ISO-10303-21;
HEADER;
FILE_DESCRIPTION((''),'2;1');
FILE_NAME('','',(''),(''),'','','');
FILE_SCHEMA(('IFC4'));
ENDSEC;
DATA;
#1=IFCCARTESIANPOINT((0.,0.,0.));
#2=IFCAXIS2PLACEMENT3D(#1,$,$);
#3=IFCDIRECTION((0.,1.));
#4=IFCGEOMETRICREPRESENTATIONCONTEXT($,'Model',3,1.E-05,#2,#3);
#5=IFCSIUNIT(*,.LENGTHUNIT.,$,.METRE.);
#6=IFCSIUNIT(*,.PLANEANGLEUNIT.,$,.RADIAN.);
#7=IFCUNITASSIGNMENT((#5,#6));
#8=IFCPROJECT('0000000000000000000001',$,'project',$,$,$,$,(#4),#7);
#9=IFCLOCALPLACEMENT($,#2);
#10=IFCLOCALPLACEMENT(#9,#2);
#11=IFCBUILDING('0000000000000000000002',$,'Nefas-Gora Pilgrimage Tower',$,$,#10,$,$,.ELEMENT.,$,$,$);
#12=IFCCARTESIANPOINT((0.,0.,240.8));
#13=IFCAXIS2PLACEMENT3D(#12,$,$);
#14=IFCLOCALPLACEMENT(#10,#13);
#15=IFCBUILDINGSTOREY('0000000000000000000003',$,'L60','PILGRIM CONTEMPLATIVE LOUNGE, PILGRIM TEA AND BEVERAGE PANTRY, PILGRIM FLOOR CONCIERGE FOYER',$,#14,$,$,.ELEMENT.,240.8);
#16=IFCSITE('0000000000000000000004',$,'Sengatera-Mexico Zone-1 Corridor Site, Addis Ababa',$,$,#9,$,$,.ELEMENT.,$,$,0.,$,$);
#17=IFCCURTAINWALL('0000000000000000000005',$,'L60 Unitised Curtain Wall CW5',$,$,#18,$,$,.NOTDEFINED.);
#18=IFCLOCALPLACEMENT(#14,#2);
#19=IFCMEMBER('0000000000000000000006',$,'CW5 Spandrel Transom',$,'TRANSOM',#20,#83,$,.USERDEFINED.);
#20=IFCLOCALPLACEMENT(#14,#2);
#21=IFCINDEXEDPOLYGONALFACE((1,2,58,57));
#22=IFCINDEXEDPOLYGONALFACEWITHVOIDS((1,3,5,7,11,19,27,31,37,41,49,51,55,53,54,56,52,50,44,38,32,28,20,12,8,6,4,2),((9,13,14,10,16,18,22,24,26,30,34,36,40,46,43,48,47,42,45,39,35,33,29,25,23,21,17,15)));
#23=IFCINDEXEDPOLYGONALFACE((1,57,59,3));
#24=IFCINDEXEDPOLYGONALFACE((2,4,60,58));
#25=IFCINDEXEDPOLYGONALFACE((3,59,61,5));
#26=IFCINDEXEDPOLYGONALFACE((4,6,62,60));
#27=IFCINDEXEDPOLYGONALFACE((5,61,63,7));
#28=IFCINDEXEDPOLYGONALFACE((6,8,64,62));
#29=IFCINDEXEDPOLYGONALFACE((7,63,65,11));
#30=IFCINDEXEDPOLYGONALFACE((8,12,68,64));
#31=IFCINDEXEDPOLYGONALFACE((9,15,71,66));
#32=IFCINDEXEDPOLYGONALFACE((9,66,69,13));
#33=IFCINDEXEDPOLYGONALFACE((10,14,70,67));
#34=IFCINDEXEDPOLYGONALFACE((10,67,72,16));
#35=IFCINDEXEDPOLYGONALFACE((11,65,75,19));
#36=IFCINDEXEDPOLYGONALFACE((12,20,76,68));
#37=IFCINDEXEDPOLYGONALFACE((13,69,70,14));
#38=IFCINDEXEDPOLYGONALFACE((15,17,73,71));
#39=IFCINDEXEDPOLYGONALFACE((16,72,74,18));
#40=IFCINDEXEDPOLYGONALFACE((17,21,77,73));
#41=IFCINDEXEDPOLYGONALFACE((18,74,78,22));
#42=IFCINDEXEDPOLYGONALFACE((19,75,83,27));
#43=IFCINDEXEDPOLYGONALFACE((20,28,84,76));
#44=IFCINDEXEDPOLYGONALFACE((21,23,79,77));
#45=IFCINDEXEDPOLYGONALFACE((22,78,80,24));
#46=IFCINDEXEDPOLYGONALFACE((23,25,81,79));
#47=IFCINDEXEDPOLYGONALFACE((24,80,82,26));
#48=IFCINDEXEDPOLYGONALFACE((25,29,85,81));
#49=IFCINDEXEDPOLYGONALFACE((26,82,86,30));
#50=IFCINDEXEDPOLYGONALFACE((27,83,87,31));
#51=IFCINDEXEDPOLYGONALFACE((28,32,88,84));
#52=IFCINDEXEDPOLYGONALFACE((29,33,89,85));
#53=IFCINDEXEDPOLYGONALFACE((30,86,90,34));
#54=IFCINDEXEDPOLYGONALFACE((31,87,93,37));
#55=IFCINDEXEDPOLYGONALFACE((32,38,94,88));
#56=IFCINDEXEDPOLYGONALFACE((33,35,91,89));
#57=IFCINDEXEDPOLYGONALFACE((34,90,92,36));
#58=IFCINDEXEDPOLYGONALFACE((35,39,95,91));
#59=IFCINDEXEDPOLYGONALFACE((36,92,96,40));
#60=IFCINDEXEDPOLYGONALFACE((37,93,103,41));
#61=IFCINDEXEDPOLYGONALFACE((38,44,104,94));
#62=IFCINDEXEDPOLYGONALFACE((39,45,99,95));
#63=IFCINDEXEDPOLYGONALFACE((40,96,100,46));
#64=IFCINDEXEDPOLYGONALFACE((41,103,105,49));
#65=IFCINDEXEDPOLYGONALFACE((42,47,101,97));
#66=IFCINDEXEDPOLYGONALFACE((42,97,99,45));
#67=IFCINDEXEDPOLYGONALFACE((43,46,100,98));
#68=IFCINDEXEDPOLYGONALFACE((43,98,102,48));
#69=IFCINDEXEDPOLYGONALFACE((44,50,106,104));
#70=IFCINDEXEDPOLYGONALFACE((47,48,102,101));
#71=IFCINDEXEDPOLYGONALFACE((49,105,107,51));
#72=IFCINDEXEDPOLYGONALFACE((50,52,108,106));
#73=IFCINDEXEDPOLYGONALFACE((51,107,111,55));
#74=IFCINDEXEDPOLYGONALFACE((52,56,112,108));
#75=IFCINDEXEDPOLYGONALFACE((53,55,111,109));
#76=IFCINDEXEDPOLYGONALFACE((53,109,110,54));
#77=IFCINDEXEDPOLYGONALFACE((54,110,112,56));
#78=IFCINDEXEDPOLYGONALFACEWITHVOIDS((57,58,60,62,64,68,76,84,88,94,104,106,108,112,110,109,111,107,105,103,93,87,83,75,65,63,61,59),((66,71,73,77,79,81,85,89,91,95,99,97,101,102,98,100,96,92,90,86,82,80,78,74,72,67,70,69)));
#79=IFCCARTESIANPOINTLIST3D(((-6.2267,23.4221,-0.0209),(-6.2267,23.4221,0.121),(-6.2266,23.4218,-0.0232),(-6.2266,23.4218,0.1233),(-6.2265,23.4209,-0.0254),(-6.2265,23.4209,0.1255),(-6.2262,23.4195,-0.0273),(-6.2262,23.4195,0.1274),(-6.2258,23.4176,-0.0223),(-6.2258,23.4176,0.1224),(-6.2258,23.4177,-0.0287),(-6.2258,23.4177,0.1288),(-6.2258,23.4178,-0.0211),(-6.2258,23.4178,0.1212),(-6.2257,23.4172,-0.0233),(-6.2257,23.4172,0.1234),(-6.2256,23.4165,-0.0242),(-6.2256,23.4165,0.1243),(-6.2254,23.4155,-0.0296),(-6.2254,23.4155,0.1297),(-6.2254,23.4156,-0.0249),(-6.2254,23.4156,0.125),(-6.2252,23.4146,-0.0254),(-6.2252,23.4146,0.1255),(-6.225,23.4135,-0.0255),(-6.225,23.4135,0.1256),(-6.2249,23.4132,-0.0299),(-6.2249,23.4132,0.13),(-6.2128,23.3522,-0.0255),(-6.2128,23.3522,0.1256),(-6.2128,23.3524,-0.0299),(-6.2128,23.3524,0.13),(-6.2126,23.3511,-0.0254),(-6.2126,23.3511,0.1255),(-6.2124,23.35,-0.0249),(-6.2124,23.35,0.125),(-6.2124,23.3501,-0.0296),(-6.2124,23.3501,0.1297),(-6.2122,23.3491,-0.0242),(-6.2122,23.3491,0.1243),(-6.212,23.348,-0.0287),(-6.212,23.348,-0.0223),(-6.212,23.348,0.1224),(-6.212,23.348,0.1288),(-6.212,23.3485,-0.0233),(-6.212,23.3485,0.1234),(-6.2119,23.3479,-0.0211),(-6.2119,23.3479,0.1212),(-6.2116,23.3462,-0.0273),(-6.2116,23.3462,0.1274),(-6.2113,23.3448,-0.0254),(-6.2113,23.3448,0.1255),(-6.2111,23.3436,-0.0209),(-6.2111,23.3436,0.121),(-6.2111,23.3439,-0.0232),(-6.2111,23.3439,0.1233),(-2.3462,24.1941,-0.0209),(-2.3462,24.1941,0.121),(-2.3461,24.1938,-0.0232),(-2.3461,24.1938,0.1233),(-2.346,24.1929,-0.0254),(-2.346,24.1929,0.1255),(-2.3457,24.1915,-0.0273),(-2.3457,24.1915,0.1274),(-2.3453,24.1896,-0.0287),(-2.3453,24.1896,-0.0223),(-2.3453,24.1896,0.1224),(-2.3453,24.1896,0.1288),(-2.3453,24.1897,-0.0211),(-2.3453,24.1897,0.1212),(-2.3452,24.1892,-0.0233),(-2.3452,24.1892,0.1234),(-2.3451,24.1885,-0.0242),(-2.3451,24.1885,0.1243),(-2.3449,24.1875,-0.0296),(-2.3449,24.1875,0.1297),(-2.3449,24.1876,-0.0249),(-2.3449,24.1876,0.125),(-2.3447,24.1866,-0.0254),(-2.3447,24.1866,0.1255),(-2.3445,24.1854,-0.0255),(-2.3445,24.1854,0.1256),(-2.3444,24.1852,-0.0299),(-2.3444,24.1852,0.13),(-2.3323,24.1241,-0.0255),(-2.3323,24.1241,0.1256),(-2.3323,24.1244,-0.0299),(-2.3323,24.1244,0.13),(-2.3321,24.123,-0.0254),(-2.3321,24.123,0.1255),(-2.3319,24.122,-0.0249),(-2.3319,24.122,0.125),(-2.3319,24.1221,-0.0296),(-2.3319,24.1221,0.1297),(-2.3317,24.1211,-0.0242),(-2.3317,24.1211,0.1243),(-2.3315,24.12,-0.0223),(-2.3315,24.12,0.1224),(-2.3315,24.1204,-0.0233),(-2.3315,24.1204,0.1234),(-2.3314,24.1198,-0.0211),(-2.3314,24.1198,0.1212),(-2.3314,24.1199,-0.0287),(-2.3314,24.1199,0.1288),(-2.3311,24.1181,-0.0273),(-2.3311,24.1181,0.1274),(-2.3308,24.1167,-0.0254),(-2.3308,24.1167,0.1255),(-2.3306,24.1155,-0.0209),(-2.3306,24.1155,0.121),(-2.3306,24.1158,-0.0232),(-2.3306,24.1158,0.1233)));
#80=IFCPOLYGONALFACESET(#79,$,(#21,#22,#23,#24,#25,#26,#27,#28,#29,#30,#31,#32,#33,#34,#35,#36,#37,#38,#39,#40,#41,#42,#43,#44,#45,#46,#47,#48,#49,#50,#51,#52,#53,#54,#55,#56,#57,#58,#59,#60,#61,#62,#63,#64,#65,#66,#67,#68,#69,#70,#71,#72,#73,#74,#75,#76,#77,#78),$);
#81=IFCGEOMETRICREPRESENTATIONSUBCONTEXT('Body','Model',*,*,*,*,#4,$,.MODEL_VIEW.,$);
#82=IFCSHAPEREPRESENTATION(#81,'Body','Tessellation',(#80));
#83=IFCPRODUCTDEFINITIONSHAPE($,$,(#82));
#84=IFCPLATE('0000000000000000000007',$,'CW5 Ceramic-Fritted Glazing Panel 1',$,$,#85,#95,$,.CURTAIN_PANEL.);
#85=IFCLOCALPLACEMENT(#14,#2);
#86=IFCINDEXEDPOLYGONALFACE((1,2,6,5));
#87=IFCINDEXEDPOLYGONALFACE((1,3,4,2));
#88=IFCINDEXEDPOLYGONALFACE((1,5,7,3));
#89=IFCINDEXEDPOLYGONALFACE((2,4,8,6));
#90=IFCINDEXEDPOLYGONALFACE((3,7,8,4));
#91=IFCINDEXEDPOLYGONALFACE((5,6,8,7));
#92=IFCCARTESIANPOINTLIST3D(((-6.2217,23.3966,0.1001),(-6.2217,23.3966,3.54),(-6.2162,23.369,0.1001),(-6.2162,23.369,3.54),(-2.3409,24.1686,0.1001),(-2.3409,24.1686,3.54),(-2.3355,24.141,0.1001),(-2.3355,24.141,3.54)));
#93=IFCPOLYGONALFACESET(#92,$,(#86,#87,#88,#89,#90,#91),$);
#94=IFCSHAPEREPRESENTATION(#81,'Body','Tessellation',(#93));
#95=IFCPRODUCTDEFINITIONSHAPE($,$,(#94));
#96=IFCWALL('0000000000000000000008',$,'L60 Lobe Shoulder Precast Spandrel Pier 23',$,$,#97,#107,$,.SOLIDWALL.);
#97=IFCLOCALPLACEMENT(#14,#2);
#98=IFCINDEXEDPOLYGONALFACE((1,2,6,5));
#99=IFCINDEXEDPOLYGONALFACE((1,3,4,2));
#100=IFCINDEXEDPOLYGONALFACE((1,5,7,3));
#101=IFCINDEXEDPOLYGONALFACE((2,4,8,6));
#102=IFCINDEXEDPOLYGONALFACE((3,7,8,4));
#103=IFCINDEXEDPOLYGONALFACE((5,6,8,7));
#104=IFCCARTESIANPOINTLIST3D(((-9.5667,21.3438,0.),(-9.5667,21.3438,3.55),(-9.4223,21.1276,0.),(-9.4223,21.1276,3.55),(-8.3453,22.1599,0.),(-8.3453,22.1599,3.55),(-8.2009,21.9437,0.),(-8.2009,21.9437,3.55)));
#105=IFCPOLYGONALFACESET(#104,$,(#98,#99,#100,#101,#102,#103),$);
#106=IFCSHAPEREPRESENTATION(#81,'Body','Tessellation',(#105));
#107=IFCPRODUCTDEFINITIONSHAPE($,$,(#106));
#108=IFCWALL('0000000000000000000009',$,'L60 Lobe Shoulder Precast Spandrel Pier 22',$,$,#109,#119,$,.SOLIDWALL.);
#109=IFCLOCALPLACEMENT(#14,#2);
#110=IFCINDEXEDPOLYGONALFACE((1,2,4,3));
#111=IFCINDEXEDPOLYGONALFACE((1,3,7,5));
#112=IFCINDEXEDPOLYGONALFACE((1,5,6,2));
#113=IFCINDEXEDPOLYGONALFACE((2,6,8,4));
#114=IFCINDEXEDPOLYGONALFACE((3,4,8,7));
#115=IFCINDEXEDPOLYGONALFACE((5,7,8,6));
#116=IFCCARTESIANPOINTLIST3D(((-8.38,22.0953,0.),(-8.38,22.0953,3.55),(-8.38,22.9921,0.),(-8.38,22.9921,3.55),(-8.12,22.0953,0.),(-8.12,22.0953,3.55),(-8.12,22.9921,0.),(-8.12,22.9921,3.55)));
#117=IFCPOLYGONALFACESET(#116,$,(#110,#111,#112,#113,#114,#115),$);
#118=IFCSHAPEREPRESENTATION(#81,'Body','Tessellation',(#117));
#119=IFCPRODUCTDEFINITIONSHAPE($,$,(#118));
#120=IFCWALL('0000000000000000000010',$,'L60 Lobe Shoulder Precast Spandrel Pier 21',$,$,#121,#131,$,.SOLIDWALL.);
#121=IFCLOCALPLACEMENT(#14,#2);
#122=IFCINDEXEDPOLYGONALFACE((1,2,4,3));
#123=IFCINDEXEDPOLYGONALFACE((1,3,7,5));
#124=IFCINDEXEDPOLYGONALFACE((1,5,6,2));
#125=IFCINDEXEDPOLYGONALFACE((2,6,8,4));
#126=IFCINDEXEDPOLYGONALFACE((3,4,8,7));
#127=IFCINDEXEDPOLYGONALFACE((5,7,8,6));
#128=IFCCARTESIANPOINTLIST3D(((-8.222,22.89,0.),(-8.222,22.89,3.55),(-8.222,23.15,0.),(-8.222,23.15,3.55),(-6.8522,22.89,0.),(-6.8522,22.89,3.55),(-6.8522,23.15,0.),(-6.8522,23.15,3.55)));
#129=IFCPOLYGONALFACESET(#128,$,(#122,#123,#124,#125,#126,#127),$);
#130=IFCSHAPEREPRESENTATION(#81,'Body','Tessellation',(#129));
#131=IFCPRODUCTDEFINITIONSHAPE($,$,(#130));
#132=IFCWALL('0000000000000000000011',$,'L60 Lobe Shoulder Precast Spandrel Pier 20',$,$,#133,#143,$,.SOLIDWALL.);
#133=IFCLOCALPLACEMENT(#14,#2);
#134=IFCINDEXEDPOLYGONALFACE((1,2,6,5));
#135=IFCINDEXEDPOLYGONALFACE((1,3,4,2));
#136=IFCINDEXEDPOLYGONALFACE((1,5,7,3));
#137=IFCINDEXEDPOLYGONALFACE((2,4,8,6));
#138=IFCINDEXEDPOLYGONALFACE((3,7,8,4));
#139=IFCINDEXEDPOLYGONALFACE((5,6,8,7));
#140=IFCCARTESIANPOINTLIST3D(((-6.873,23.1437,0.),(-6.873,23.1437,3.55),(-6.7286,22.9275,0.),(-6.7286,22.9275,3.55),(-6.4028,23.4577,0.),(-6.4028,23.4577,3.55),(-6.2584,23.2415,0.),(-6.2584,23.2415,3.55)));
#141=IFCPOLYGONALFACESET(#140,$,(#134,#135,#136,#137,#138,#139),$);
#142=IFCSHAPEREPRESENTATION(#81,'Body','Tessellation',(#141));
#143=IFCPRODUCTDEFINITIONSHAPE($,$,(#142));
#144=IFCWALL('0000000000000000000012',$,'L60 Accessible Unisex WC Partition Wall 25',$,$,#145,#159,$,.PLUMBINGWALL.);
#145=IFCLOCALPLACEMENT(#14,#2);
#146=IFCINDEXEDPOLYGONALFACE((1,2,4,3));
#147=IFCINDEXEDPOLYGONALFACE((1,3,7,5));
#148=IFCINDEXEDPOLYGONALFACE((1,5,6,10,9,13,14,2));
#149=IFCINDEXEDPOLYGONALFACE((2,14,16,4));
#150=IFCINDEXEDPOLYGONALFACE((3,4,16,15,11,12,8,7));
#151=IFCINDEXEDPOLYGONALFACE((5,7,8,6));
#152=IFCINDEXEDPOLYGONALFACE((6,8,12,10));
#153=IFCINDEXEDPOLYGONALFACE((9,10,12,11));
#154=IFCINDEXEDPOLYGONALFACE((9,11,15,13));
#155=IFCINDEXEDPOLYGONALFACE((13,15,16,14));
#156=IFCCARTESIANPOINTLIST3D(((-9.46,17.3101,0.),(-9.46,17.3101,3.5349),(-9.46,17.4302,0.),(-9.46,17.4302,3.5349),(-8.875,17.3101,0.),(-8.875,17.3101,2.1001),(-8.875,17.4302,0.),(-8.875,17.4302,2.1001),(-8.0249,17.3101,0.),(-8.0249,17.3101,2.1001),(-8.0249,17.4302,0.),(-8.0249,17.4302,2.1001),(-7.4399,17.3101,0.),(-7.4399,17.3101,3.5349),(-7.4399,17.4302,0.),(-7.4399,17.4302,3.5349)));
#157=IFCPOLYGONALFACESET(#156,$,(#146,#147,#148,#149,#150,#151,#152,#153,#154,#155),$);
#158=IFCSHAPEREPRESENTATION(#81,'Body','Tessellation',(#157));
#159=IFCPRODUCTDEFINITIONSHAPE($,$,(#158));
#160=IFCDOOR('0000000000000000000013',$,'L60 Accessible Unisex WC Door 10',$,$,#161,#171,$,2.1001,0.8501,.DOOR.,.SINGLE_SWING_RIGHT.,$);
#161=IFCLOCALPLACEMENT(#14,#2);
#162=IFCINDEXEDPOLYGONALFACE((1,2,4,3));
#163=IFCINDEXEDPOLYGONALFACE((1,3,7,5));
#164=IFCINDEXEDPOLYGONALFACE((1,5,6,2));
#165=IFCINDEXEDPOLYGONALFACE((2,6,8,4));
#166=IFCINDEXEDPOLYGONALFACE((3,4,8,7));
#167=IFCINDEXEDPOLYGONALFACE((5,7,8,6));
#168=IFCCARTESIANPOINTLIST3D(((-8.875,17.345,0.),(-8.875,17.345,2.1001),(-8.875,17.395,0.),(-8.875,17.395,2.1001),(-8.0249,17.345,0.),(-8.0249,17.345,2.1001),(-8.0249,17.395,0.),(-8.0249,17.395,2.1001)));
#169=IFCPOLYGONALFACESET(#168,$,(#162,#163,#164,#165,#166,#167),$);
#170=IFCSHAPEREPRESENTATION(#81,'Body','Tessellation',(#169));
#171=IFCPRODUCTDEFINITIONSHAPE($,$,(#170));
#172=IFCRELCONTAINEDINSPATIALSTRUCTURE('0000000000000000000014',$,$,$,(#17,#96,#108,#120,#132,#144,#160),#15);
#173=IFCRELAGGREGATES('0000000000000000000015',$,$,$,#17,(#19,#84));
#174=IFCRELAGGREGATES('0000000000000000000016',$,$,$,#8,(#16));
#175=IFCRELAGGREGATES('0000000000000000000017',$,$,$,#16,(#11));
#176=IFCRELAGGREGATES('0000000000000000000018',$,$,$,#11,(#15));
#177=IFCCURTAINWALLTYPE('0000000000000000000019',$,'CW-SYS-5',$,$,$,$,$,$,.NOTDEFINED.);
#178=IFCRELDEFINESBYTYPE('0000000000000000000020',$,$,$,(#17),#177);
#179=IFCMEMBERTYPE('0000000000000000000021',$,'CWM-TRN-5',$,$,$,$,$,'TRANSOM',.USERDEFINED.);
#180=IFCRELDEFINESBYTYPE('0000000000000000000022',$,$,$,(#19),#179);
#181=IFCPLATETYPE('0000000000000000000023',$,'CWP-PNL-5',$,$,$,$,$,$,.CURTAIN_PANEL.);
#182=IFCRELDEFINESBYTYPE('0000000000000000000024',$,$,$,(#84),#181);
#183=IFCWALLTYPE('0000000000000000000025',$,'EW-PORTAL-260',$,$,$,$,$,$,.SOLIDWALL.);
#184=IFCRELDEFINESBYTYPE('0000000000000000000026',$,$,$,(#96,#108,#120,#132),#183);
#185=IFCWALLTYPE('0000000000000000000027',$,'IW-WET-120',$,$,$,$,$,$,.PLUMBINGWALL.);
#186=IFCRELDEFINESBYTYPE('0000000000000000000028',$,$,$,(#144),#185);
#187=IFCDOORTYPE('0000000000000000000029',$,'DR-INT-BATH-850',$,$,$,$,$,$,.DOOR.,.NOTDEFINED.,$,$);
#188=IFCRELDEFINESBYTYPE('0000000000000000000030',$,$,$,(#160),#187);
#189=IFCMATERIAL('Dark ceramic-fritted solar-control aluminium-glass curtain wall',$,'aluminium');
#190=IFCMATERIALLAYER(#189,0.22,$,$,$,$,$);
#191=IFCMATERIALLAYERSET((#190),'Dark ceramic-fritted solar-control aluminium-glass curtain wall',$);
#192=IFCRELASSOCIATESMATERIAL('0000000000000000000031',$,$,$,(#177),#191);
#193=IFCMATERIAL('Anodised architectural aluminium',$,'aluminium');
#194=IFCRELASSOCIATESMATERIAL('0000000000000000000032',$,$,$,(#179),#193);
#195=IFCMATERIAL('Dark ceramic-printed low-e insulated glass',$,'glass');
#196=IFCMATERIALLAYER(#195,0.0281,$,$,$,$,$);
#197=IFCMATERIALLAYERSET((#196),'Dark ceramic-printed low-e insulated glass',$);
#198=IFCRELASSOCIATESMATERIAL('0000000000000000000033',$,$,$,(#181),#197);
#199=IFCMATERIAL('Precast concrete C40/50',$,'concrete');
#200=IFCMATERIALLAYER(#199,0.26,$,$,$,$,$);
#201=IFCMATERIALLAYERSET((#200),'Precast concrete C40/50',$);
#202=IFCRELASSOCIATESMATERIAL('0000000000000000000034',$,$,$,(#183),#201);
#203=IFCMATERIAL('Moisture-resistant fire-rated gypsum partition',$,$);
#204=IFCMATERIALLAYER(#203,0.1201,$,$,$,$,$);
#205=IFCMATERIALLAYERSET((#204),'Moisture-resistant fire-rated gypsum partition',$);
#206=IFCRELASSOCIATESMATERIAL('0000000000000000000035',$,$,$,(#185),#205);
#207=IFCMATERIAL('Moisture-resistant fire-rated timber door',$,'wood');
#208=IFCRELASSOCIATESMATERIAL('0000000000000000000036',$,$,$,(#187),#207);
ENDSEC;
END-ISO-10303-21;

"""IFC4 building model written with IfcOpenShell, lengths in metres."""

from ifc_helpers import new_model, si_unit, direction, frame, frame_2d, origin, origin_2d, place, context, subcontext, project, spatial, rectangle, hollow_rectangle, extrude, source, transform, mapped, material, layer, layer_set, material_profile, profile_set, type_object, element, fill, aggregate, save


model = new_model("IFC4")

# Units and contexts
model_context = context("Model", 3, precision=1e-05, world=origin(), true_north=direction((0.0, 1.0)))
body_context = subcontext(model_context, "Body", "Model", "MODEL_VIEW")
ifc_project = project(units=[si_unit("LENGTHUNIT", "METRE"), si_unit("PLANEANGLEUNIT", "RADIAN")], contexts=[model_context])

# Site, building, storey
site_placement = place(None, origin())
site = spatial("IfcSite", under=ifc_project, at=site_placement, Name="Sengatera-Mexico Zone-1 Corridor Site, Addis Ababa", CompositionType="ELEMENT", RefElevation=0.0)
building_placement = place(site_placement, origin())
building = spatial("IfcBuilding", under=site, at=building_placement, Name="Nefas-Gora Pilgrimage Tower", CompositionType="ELEMENT")
storey_placement = place(building_placement, frame((0.0, 0.0, 240.8)))
storey = spatial("IfcBuildingStorey", under=building, at=storey_placement, Name="L60", Description="PILGRIM CONTEMPLATIVE LOUNGE, PILGRIM TEA AND BEVERAGE PANTRY, PILGRIM FLOOR CONCIERGE FOYER", CompositionType="ELEMENT", Elevation=240.8)

# Curtain wall
ifc_material_1 = material(Name="Dark ceramic-fritted solar-control aluminium-glass curtain wall", Category="aluminium")
ifc_layer_1 = layer(ifc_material_1, 0.22)
ifc_layer_set_1 = layer_set([ifc_layer_1], Name="Dark ceramic-fritted solar-control aluminium-glass curtain wall")
curtain_wall_type = type_object("IfcCurtainWallType", Name="CW-SYS-5", PredefinedType="NOTDEFINED", material=ifc_layer_set_1)
curtain_wall_1_placement = place(storey_placement, origin())
curtain_wall_1 = element("IfcCurtainWall", 1, at=curtain_wall_1_placement, inside=storey, type_object=curtain_wall_type, Name="L60 Unitised Curtain Wall CW5", PredefinedType="NOTDEFINED")
ifc_material_2 = material(Name="Anodised architectural aluminium", Category="aluminium")
ifc_material_profile_1 = material_profile(ifc_material_2, hollow_rectangle(XDim=0.0801, YDim=0.1599, WallThickness=0.0044, InnerFilletRadius=0.0044, OuterFilletRadius=0.009, at=origin_2d()), Name="ALU TRANSOM 80x160")
ifc_profile_set_1 = profile_set([ifc_material_profile_1], Name="Anodised architectural aluminium")
member_type_1 = type_object("IfcMemberType", Name="CWM-TRN-5", ElementType="TRANSOM", PredefinedType="USERDEFINED", material=ifc_profile_set_1)

# Member
shared_shape_1 = source(origin(), body_context, "Body", "SweptSolid", [
    extrude(hollow_rectangle(XDim=0.0801, YDim=0.1599, WallThickness=0.0044, InnerFilletRadius=0.0044, OuterFilletRadius=0.009, at=origin_2d()), origin(), (0.0, 0.0, 1.0), 3.9565),
])
member_1_placement = place(storey_placement, frame((-2.3384, 24.1548, 0.05), z_axis=(-0.980782, -0.195107, 0.0), x_axis=(0.195107, -0.980782, 0.0)))
member_1 = element("IfcMember", 2, at=member_1_placement, type_object=member_type_1, Name="CW5 Spandrel Transom", ObjectType="TRANSOM", PredefinedType="USERDEFINED", context=body_context, shape_type="MappedRepresentation", body=[
    mapped(shared_shape_1, transform((0.0, 0.0, 0.0), x_axis=(1.0, 0.0, 0.0), y_axis=(0.0, 1.0, 0.0), z_axis=(0.0, 0.0, 1.0), scale=1.0)),
])

# Plate
ifc_material_3 = material(Name="Dark ceramic-printed low-e insulated glass", Category="glass")
ifc_layer_2 = layer(ifc_material_3, 0.0281)
ifc_layer_set_2 = layer_set([ifc_layer_2], Name="Dark ceramic-printed low-e insulated glass")
plate_type = type_object("IfcPlateType", Name="CWP-PNL-5", PredefinedType="CURTAIN_PANEL", material=ifc_layer_set_2)
shared_shape_2 = source(origin(), body_context, "Body", "SweptSolid", [
    extrude(rectangle(XDim=3.9568, YDim=0.0281, at=origin_2d()), origin(), (0.0, 0.0, 1.0), 3.4399),
])
plate_placement = place(storey_placement, frame((-4.2786, 23.7688, 0.1001), z_axis=(0.0, 0.0, 1.0), x_axis=(-0.980783, -0.195102, 0.0)))
plate = element("IfcPlate", 3, at=plate_placement, type_object=plate_type, Name="CW5 Ceramic-Fritted Glazing Panel 1", PredefinedType="CURTAIN_PANEL", context=body_context, shape_type="MappedRepresentation", body=[
    mapped(shared_shape_2, transform((0.0, 0.0, 0.0), x_axis=(1.0, 0.0, 0.0), y_axis=(0.0, 1.0, 0.0), z_axis=(0.0, 0.0, 1.0), scale=1.0)),
])
aggregate(curtain_wall_1, [member_1, plate])

# Walls
ifc_material_4 = material(Name="Precast concrete C40/50", Category="concrete")
ifc_layer_3 = layer(ifc_material_4, 0.26)
ifc_layer_set_3 = layer_set([ifc_layer_3], Name="Precast concrete C40/50")
wall_type_1 = type_object("IfcWallType", Name="EW-PORTAL-260", PredefinedType="SOLIDWALL", material=ifc_layer_set_3)
shared_shape_3 = source(origin(), body_context, "Body", "SweptSolid", [
    extrude(rectangle(XDim=1.469, YDim=0.26, at=frame_2d((0.7344, 0.0))), origin(), (0.0, 0.0, 1.0), 3.55),
])
wall_1_placement = place(storey_placement, frame((-8.2732, 22.0518, 0.0), z_axis=(0.0, 0.0, 1.0), x_axis=(-0.831462, -0.555582, 0.0)))
element("IfcWall", 4, at=wall_1_placement, inside=storey, type_object=wall_type_1, Name="L60 Lobe Shoulder Precast Spandrel Pier 23", PredefinedType="SOLIDWALL", context=body_context, shape_type="MappedRepresentation", body=[
    mapped(shared_shape_3, transform((0.0, 0.0, 0.0), x_axis=(1.0, 0.0, 0.0), y_axis=(0.0, 1.0, 0.0), z_axis=(0.0, 0.0, 1.0), scale=1.0)),
])
shared_shape_4 = source(origin(), body_context, "Body", "SweptSolid", [
    extrude(rectangle(XDim=0.8967, YDim=0.26, at=frame_2d((0.4482, 0.0))), origin(), (0.0, 0.0, 1.0), 3.55),
])
wall_2_placement = place(storey_placement, frame((-8.25, 22.9919, 0.0), z_axis=(0.0, 0.0, 1.0), x_axis=(0.0, -1.0, 0.0)))
element("IfcWall", 5, at=wall_2_placement, inside=storey, type_object=wall_type_1, Name="L60 Lobe Shoulder Precast Spandrel Pier 22", PredefinedType="SOLIDWALL", context=body_context, shape_type="MappedRepresentation", body=[
    mapped(shared_shape_4, transform((0.0, 0.0, 0.0), x_axis=(1.0, 0.0, 0.0), y_axis=(0.0, 1.0, 0.0), z_axis=(0.0, 0.0, 1.0), scale=1.0)),
])
shared_shape_5 = source(origin(), body_context, "Body", "SweptSolid", [
    extrude(rectangle(XDim=1.3699, YDim=0.26, at=frame_2d((0.6851, 0.0))), origin(), (0.0, 0.0, 1.0), 3.55),
])
wall_3_placement = place(storey_placement, frame((-6.8521, 23.02, 0.0), z_axis=(0.0, 0.0, 1.0), x_axis=(-1.0, 0.0, 0.0)))
element("IfcWall", 6, at=wall_3_placement, inside=storey, type_object=wall_type_1, Name="L60 Lobe Shoulder Precast Spandrel Pier 21", PredefinedType="SOLIDWALL", context=body_context, shape_type="MappedRepresentation", body=[
    mapped(shared_shape_5, transform((0.0, 0.0, 0.0), x_axis=(1.0, 0.0, 0.0), y_axis=(0.0, 1.0, 0.0), z_axis=(0.0, 0.0, 1.0), scale=1.0)),
])
shared_shape_6 = source(origin(), body_context, "Body", "SweptSolid", [
    extrude(rectangle(XDim=0.5654, YDim=0.26, at=frame_2d((0.2827, 0.0))), origin(), (0.0, 0.0, 1.0), 3.55),
])
wall_4_placement = place(storey_placement, frame((-6.3306, 23.3496, 0.0), z_axis=(0.0, 0.0, 1.0), x_axis=(-0.831651, -0.555298, 0.0)))
element("IfcWall", 7, at=wall_4_placement, inside=storey, type_object=wall_type_1, Name="L60 Lobe Shoulder Precast Spandrel Pier 20", PredefinedType="SOLIDWALL", context=body_context, shape_type="MappedRepresentation", body=[
    mapped(shared_shape_6, transform((0.0, 0.0, 0.0), x_axis=(1.0, 0.0, 0.0), y_axis=(0.0, 1.0, 0.0), z_axis=(0.0, 0.0, 1.0), scale=1.0)),
])

# Wall, opening, door
ifc_material_5 = material(Name="Moisture-resistant fire-rated gypsum partition")
ifc_layer_4 = layer(ifc_material_5, 0.1201)
ifc_layer_set_4 = layer_set([ifc_layer_4], Name="Moisture-resistant fire-rated gypsum partition")
wall_type_2 = type_object("IfcWallType", Name="IW-WET-120", PredefinedType="PLUMBINGWALL", material=ifc_layer_set_4)
shared_shape_7 = source(origin(), body_context, "Body", "SweptSolid", [
    extrude(rectangle(XDim=2.02, YDim=0.1201, at=frame_2d((1.01, 0.0))), origin(), (0.0, 0.0, 1.0), 3.5349),
])
wall_5_placement = place(storey_placement, frame((-9.46, 17.3701, 0.0), z_axis=(0.0, 0.0, 1.0), x_axis=(1.0, 0.0, 0.0)))
wall_5 = element("IfcWall", 8, at=wall_5_placement, inside=storey, type_object=wall_type_2, Name="L60 Accessible Unisex WC Partition Wall 25", PredefinedType="PLUMBINGWALL", context=body_context, shape_type="MappedRepresentation", body=[
    mapped(shared_shape_7, transform((0.0, 0.0, 0.0), x_axis=(1.0, 0.0, 0.0), y_axis=(0.0, 1.0, 0.0), z_axis=(0.0, 0.0, 1.0), scale=1.0)),
])
opening_1_placement = place(wall_5_placement, frame((0.585, 0.0, 0.0)))
opening_1 = element("IfcOpeningElement", 9, at=opening_1_placement, cuts=wall_5, PredefinedType="OPENING", context=body_context, shape_type="SweptSolid", body=[
    extrude(rectangle(XDim=0.8501, YDim=2.1001, at=frame_2d((0.425, 1.05))), frame((0.0, 0.0701, 0.0), z_axis=(0.0, -1.0, 0.0), x_axis=(1.0, 0.0, 0.0)), (0.0, 0.0, 1.0), 0.1401),
])
ifc_material_6 = material(Name="Moisture-resistant fire-rated timber door", Category="wood")
door_type_1 = type_object("IfcDoorType", Name="DR-INT-BATH-850", OperationType="NOTDEFINED", PredefinedType="DOOR", material=ifc_material_6)
shared_shape_8 = source(origin(), body_context, "Body", "SweptSolid", [
    extrude(rectangle(XDim=0.8501, YDim=2.1001, at=frame_2d((0.425, 1.05))), frame((0.0, 0.0249, 0.0), z_axis=(0.0, -1.0, 0.0), x_axis=(1.0, 0.0, 0.0)), (0.0, 0.0, 1.0), 0.05),
])
door_1_placement = place(opening_1_placement, origin())
door_1 = element("IfcDoor", 10, at=door_1_placement, inside=storey, type_object=door_type_1, Name="L60 Accessible Unisex WC Door 10", OperationType="SINGLE_SWING_RIGHT", OverallHeight=2.1001, OverallWidth=0.8501, PredefinedType="DOOR", context=body_context, shape_type="MappedRepresentation", body=[
    mapped(shared_shape_8, transform((0.0, 0.0, 0.0), x_axis=(1.0, 0.0, 0.0), y_axis=(0.0, 1.0, 0.0), z_axis=(0.0, 0.0, 1.0), scale=1.0)),
])
fill(opening_1, door_1)

save(model, "model.ifc")
